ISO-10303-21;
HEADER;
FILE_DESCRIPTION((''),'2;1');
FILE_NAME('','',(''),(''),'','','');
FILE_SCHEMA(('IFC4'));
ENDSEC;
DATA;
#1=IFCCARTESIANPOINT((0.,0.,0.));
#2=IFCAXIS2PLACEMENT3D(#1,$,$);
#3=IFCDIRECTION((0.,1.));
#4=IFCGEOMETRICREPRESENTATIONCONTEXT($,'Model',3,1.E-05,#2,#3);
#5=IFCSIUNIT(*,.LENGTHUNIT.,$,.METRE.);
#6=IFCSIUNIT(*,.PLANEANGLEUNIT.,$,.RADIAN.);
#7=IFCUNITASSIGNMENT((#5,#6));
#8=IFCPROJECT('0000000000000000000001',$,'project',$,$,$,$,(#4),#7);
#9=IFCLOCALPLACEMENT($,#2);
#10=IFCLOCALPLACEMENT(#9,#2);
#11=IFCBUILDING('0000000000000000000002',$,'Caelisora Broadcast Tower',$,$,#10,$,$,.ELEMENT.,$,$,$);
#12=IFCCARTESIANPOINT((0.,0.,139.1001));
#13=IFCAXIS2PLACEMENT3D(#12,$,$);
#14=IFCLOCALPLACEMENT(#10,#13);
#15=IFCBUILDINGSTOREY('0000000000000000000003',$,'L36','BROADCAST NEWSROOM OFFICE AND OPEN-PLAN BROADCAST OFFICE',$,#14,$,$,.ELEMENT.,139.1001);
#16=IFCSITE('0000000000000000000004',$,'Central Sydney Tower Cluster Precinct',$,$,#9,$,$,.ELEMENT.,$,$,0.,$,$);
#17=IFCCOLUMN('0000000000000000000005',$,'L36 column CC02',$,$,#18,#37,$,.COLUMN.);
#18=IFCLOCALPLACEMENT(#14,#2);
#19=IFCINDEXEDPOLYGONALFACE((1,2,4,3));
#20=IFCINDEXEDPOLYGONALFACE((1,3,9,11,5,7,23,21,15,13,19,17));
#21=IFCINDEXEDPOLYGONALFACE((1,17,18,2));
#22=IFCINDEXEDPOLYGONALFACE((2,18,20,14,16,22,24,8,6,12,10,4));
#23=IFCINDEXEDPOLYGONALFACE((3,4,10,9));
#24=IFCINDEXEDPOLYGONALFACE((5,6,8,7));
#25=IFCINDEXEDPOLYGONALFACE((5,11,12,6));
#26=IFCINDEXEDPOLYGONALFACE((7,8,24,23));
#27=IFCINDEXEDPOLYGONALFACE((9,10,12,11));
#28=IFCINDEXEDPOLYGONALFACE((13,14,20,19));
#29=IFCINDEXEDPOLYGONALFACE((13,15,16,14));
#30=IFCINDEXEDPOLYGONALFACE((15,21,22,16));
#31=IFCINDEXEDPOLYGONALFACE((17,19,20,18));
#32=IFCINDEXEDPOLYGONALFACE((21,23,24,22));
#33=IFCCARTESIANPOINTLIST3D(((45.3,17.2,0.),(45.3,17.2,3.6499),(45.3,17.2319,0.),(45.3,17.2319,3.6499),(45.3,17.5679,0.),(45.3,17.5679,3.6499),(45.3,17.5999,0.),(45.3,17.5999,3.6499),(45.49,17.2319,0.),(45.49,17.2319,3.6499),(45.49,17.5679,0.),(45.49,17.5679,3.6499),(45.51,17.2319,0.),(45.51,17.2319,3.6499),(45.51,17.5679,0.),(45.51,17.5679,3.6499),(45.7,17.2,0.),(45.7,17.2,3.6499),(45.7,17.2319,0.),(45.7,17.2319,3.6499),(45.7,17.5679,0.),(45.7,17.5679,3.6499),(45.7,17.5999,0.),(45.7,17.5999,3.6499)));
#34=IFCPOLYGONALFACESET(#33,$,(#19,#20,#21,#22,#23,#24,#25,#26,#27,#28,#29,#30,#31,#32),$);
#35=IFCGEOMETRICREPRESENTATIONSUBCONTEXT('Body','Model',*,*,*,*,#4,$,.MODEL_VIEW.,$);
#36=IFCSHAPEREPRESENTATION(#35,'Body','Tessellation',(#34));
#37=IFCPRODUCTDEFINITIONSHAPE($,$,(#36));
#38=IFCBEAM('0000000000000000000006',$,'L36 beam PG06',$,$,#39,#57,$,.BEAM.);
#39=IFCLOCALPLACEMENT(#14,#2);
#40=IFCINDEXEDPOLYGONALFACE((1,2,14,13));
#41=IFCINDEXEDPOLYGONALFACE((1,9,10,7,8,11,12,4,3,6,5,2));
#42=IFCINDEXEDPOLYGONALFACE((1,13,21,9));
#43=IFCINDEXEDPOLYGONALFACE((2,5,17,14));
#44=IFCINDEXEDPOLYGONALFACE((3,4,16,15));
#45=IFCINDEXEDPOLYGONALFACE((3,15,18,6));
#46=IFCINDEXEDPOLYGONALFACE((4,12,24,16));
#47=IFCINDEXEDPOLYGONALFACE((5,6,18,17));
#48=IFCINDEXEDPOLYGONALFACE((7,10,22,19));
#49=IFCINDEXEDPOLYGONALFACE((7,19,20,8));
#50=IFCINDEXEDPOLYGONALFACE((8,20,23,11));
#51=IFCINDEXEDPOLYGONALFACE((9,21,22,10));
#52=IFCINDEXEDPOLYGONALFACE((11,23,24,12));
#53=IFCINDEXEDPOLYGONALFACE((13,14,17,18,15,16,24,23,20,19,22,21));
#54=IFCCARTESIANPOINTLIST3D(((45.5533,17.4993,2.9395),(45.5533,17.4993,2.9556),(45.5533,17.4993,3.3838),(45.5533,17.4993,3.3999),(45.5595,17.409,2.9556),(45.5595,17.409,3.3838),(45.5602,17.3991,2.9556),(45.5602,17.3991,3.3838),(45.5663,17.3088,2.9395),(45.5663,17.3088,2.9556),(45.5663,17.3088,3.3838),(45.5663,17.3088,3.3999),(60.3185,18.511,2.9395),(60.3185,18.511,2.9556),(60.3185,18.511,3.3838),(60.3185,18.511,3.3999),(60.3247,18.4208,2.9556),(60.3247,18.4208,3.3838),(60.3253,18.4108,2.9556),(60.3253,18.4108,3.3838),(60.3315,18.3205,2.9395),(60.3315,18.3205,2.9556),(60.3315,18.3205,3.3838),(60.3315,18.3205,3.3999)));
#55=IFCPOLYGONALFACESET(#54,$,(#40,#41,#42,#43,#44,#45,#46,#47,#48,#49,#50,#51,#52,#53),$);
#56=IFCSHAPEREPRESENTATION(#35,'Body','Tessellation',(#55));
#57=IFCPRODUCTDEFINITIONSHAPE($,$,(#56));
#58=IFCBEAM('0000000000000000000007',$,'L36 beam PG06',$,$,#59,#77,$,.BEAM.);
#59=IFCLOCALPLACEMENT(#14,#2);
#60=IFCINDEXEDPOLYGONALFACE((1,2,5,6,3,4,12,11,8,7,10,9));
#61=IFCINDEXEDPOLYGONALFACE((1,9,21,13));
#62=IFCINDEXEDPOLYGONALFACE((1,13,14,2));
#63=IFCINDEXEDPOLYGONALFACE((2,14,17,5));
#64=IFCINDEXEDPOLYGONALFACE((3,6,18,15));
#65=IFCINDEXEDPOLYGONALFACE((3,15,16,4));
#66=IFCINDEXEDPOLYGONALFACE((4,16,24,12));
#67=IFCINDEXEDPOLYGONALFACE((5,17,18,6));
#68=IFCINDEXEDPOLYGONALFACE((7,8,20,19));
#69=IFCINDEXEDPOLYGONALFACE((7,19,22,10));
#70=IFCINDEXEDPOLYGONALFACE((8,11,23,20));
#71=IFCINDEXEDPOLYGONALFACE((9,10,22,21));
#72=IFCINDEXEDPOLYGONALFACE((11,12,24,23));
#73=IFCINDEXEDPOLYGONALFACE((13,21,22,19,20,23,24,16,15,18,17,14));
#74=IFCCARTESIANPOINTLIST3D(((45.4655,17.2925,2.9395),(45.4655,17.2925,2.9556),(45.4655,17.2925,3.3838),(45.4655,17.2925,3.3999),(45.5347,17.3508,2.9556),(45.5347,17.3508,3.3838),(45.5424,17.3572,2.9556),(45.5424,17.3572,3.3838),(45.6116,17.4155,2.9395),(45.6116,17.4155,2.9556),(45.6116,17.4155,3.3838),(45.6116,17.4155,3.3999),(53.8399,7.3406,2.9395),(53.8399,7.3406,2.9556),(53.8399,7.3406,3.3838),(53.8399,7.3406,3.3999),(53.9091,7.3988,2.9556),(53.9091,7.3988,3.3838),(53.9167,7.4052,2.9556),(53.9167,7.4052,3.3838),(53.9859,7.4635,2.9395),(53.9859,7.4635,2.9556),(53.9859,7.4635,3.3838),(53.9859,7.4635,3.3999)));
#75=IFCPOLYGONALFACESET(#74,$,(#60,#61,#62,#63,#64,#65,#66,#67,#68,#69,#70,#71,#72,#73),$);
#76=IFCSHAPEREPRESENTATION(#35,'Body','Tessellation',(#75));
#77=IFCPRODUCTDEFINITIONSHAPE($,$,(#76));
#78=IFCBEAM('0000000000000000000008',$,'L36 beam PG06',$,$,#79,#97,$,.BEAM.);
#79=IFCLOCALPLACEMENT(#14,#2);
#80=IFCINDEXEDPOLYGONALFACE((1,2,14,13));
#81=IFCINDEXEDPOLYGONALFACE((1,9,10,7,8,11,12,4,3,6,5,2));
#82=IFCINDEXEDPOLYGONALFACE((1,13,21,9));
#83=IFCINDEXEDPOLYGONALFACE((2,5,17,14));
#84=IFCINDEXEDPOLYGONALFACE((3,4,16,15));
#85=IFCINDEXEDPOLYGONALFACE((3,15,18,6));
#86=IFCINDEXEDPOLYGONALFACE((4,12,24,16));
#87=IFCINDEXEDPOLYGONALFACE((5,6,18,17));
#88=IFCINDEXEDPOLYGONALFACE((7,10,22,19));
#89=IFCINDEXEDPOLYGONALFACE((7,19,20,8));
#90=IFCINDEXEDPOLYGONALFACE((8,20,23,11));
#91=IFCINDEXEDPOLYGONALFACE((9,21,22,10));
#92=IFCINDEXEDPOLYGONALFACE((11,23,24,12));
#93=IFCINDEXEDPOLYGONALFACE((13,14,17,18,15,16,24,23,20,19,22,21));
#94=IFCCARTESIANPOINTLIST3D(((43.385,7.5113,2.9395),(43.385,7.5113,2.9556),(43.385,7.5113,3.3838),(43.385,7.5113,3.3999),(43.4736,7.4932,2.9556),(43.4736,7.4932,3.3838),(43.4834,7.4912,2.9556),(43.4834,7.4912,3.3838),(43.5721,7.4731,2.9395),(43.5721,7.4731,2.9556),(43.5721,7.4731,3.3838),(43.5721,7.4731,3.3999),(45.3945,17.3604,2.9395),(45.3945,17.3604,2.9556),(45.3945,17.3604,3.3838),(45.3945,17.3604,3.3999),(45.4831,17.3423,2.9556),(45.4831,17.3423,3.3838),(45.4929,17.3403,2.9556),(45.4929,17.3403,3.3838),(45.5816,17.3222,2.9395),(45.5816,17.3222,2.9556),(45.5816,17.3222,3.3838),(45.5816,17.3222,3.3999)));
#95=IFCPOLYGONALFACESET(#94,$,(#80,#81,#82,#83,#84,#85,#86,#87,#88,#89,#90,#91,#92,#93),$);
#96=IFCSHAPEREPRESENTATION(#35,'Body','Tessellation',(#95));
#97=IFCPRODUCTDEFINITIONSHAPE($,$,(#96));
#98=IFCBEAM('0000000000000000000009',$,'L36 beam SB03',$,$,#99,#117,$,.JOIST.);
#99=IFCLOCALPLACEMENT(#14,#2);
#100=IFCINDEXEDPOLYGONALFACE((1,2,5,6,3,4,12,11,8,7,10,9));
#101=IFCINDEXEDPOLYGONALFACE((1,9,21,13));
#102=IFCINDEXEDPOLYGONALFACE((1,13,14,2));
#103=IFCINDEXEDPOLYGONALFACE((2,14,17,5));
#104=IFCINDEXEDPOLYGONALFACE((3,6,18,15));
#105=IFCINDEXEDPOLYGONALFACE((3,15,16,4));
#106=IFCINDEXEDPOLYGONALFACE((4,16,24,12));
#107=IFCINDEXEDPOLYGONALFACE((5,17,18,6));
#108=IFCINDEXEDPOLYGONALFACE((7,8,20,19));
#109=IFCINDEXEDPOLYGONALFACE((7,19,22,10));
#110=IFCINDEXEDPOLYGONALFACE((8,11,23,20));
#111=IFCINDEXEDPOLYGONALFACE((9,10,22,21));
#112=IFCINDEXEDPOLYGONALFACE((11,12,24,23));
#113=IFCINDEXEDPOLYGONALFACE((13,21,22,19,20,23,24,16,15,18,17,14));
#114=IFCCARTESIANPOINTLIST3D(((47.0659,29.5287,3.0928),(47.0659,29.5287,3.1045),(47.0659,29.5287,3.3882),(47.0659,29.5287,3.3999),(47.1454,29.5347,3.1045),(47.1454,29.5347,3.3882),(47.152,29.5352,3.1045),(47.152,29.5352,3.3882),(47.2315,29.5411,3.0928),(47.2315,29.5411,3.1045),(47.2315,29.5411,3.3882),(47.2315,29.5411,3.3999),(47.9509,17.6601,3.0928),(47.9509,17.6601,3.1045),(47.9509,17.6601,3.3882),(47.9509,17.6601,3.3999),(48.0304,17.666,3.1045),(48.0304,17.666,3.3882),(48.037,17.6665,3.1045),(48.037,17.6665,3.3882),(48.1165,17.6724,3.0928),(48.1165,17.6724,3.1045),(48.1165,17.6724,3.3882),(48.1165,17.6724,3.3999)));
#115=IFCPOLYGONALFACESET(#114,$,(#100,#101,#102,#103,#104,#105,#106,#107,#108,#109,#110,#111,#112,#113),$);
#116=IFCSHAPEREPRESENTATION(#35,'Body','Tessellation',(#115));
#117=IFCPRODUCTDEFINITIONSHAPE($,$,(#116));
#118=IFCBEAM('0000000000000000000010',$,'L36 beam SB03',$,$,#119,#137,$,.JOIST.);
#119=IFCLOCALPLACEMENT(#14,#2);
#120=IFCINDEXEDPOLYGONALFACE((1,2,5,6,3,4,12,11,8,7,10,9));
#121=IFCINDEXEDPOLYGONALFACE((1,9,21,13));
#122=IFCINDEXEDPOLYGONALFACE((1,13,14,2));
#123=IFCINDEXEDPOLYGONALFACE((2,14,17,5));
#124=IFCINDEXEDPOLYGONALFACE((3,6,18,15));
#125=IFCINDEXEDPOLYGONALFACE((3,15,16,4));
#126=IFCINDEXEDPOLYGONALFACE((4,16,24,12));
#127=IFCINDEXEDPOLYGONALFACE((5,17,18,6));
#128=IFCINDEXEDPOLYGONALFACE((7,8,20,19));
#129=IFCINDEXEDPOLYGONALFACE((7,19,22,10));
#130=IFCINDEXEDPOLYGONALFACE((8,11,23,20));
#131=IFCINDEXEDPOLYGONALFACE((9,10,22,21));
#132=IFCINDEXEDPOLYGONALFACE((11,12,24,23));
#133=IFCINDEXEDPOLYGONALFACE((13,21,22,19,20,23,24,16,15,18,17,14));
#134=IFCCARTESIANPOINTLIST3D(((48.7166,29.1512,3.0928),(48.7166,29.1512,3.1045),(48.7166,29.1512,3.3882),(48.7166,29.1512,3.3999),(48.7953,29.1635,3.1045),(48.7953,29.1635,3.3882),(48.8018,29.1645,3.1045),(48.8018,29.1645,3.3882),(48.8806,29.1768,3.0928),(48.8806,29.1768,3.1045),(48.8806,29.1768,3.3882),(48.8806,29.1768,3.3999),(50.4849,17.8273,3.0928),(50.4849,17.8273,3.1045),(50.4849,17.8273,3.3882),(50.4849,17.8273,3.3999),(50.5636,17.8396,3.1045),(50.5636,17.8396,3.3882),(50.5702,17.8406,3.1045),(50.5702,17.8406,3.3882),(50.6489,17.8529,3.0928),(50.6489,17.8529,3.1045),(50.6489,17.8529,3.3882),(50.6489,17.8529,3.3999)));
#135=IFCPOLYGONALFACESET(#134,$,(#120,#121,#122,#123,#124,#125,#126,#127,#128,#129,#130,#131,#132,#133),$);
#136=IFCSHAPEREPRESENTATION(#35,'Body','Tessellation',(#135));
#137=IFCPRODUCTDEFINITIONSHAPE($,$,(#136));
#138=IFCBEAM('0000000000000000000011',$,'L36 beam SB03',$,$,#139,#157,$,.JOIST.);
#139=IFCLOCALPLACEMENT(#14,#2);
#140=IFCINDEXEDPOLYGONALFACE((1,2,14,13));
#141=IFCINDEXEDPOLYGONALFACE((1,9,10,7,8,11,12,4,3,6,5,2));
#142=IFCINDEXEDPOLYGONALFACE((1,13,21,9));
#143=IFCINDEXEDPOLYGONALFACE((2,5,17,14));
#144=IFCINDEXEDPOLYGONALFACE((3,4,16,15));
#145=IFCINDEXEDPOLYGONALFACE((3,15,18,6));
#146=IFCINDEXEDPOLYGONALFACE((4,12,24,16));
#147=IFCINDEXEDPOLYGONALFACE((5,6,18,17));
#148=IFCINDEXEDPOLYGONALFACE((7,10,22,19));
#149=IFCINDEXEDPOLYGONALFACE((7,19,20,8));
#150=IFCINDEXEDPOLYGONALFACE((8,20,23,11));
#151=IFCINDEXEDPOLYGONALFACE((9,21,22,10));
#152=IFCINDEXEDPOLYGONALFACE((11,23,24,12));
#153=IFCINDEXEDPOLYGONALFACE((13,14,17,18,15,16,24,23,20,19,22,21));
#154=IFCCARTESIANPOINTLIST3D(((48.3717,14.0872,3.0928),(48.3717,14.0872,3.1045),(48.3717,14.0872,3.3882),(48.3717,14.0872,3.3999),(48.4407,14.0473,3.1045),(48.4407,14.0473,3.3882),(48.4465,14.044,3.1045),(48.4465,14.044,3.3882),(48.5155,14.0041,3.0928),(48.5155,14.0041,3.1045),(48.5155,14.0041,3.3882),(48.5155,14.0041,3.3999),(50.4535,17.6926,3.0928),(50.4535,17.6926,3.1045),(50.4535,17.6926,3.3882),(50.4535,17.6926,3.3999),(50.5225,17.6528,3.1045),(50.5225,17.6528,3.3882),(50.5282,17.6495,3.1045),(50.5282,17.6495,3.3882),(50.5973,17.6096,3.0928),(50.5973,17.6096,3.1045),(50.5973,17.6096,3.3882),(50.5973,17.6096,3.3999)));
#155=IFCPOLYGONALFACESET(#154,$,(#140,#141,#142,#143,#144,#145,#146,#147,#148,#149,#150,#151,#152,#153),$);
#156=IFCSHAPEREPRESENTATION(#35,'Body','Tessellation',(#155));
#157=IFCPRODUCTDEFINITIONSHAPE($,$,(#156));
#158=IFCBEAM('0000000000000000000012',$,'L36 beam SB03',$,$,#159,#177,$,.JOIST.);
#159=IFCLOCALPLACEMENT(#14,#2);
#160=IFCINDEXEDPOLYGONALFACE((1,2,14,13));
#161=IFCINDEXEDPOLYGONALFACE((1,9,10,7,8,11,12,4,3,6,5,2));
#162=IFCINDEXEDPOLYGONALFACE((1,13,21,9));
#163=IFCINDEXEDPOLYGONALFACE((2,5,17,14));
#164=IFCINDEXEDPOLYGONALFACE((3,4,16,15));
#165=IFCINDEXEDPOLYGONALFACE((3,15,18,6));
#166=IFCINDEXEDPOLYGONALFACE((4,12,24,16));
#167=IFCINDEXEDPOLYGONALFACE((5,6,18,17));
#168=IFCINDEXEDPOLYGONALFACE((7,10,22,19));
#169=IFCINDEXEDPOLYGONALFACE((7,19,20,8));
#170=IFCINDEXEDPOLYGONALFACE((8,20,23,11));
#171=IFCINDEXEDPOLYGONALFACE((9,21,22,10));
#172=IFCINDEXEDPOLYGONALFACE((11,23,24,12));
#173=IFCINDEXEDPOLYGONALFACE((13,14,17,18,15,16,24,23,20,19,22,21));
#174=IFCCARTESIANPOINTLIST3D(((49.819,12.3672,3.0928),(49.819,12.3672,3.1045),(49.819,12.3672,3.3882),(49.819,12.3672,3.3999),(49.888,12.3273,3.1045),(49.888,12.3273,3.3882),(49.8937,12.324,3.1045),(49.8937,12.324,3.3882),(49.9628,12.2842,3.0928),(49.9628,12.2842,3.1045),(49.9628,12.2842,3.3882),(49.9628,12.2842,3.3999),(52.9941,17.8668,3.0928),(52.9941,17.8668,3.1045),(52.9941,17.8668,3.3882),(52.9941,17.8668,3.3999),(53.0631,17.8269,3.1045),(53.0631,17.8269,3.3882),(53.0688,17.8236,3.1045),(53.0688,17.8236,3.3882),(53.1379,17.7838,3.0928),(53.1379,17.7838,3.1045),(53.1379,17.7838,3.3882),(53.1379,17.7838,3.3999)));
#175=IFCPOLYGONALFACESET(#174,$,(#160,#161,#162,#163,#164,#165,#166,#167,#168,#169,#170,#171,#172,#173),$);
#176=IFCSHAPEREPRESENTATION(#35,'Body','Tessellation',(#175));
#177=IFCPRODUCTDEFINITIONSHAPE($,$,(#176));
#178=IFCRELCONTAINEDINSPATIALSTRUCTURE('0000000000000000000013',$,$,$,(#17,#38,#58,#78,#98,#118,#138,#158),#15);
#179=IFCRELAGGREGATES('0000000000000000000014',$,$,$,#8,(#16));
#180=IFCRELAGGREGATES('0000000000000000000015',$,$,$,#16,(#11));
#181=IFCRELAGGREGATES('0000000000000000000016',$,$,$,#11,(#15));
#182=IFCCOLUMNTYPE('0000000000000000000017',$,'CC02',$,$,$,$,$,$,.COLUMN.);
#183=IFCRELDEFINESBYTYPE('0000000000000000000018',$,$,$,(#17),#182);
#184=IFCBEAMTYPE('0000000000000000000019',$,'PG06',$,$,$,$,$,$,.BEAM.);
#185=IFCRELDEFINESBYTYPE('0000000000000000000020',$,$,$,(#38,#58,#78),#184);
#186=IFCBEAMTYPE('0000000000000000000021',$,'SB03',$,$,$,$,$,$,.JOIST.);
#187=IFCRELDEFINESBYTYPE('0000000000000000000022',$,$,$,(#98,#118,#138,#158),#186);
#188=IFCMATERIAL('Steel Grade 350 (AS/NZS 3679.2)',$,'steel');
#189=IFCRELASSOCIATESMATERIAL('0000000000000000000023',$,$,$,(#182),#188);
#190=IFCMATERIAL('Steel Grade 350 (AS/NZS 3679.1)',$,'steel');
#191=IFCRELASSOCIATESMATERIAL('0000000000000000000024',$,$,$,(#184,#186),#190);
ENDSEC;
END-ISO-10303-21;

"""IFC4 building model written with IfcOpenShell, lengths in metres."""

from ifc_helpers import new_model, si_unit, direction, frame, origin, origin_2d, place, context, subcontext, project, spatial, i_section, extrude, source, transform, mapped, material, material_profile, profile_set, type_object, type_shapes, element, save


model = new_model("IFC4")

# Units and contexts
model_context = context("Model", 3, precision=1e-05, world=origin(), true_north=direction((0.0, 1.0)))
body_context = subcontext(model_context, "Body", "Model", "MODEL_VIEW")
ifc_project = project(units=[si_unit("LENGTHUNIT", "METRE"), si_unit("PLANEANGLEUNIT", "RADIAN")], contexts=[model_context])

# Site, building, storey
site_placement = place(None, origin())
site = spatial("IfcSite", under=ifc_project, at=site_placement, Name="Central Sydney Tower Cluster Precinct", CompositionType="ELEMENT", RefElevation=0.0)
building_placement = place(site_placement, origin())
building = spatial("IfcBuilding", under=site, at=building_placement, Name="Caelisora Broadcast Tower", CompositionType="ELEMENT")
storey_placement = place(building_placement, frame((0.0, 0.0, 139.1001)))
storey = spatial("IfcBuildingStorey", under=building, at=storey_placement, Name="L36", Description="BROADCAST NEWSROOM OFFICE AND OPEN-PLAN BROADCAST OFFICE", CompositionType="ELEMENT", Elevation=139.1001)

# Column
ifc_material_1 = material(Name="Steel Grade 350 (AS/NZS 3679.2)", Category="steel")
ifc_material_profile_1 = material_profile(ifc_material_1, i_section(OverallWidth=0.3999, OverallDepth=0.3999, WebThickness=0.02, FlangeThickness=0.032, at=origin_2d()), Name="Steel Grade 350 (AS/NZS 3679.2)")
ifc_profile_set_1 = profile_set([ifc_material_profile_1], Name="Steel Grade 350 (AS/NZS 3679.2)")
column_type = type_object("IfcColumnType", Name="CC02", PredefinedType="COLUMN", material=ifc_profile_set_1)
shared_shape_1 = source(origin(), body_context, "Body", "SweptSolid", [
    extrude(i_section(OverallWidth=0.3999, OverallDepth=0.3999, WebThickness=0.02, FlangeThickness=0.032, at=origin_2d()), origin(), (0.0, 0.0, 1.0), 3.6499),
])
type_shapes(column_type, [shared_shape_1])
column_placement = place(storey_placement, frame((45.5, 17.3999, 0.0), z_axis=(0.0, 0.0, 1.0), x_axis=(1.0, 0.0, 0.0)))
element("IfcColumn", 1, at=column_placement, inside=storey, type_object=column_type, Name="L36 column CC02", PredefinedType="COLUMN", context=body_context, shape_type="MappedRepresentation", body=[
    mapped(shared_shape_1, transform((0.0, 0.0, 0.0), scale=1.0)),
])

# Beams
ifc_material_2 = material(Name="Steel Grade 350 (AS/NZS 3679.1)", Category="steel")
ifc_material_profile_2 = material_profile(ifc_material_2, i_section(OverallWidth=0.1909, OverallDepth=0.4604, WebThickness=0.01, FlangeThickness=0.0161, at=origin_2d()), Name="Steel Grade 350 (AS/NZS 3679.1)")
ifc_profile_set_2 = profile_set([ifc_material_profile_2], Name="Steel Grade 350 (AS/NZS 3679.1)")
beam_type_1 = type_object("IfcBeamType", Name="PG06", PredefinedType="BEAM", material=ifc_profile_set_2)
shared_shape_2 = source(origin(), body_context, "Body", "SweptSolid", [
    extrude(i_section(OverallWidth=0.1909, OverallDepth=0.4604, WebThickness=0.01, FlangeThickness=0.0161, at=origin_2d()), origin(), (0.0, 0.0, 1.0), 14.7998),
])
beam_1_placement = place(storey_placement, frame((45.5598, 17.4041, 3.1697), z_axis=(0.997661, 0.06836, 0.0), x_axis=(-0.06836, 0.997661, 0.0)))
element("IfcBeam", 2, at=beam_1_placement, inside=storey, type_object=beam_type_1, Name="L36 beam PG06", PredefinedType="BEAM", context=body_context, shape_type="MappedRepresentation", body=[
    mapped(shared_shape_2, transform((0.0, 0.0, 0.0), scale=1.0)),
])
shared_shape_3 = source(origin(), body_context, "Body", "SweptSolid", [
    extrude(i_section(OverallWidth=0.1909, OverallDepth=0.4604, WebThickness=0.01, FlangeThickness=0.0161, at=origin_2d()), origin(), (0.0, 0.0, 1.0), 13.0066),
])
beam_2_placement = place(storey_placement, frame((45.5386, 17.354, 3.1697), z_axis=(0.643853, -0.765149, 0.0), x_axis=(0.765149, 0.643853, 0.0)))
element("IfcBeam", 3, at=beam_2_placement, inside=storey, type_object=beam_type_1, Name="L36 beam PG06", PredefinedType="BEAM", context=body_context, shape_type="MappedRepresentation", body=[
    mapped(shared_shape_3, transform((0.0, 0.0, 0.0), scale=1.0)),
])
shared_shape_4 = source(origin(), body_context, "Body", "SweptSolid", [
    extrude(i_section(OverallWidth=0.1909, OverallDepth=0.4604, WebThickness=0.01, FlangeThickness=0.0161, at=origin_2d()), origin(), (0.0, 0.0, 1.0), 10.052),
])
type_shapes(beam_type_1, [shared_shape_2, shared_shape_3, shared_shape_4])
beam_3_placement = place(storey_placement, frame((45.488, 17.3413, 3.1697), z_axis=(-0.199912, -0.979814, 0.0), x_axis=(0.979814, -0.199912, 0.0)))
element("IfcBeam", 4, at=beam_3_placement, inside=storey, type_object=beam_type_1, Name="L36 beam PG06", PredefinedType="BEAM", context=body_context, shape_type="MappedRepresentation", body=[
    mapped(shared_shape_4, transform((0.0, 0.0, 0.0), scale=1.0)),
])
ifc_material_profile_3 = material_profile(ifc_material_2, i_section(OverallWidth=0.166, OverallDepth=0.3071, WebThickness=0.0066, FlangeThickness=0.0117, at=origin_2d()), Name="Steel Grade 350 (AS/NZS 3679.1)")
ifc_profile_set_3 = profile_set([ifc_material_profile_3], Name="Steel Grade 350 (AS/NZS 3679.1)")
beam_type_2 = type_object("IfcBeamType", Name="SB03", PredefinedType="JOIST", material=ifc_profile_set_3)
shared_shape_5 = source(origin(), body_context, "Body", "SweptSolid", [
    extrude(i_section(OverallWidth=0.166, OverallDepth=0.3071, WebThickness=0.0066, FlangeThickness=0.0117, at=origin_2d()), origin(), (0.0, 0.0, 1.0), 11.9016),
])
beam_4_placement = place(storey_placement, frame((48.0337, 17.6663, 3.2463), z_axis=(-0.074361, 0.997231, 0.0), x_axis=(-0.997231, -0.074361, 0.0)))
element("IfcBeam", 5, at=beam_4_placement, inside=storey, type_object=beam_type_2, Name="L36 beam SB03", PredefinedType="JOIST", context=body_context, shape_type="MappedRepresentation", body=[
    mapped(shared_shape_5, transform((0.0, 0.0, 0.0), scale=1.0)),
])
shared_shape_6 = source(origin(), body_context, "Body", "SweptSolid", [
    extrude(i_section(OverallWidth=0.166, OverallDepth=0.3071, WebThickness=0.0066, FlangeThickness=0.0117, at=origin_2d()), origin(), (0.0, 0.0, 1.0), 11.4612),
])
beam_5_placement = place(storey_placement, frame((50.5669, 17.8401, 3.2463), z_axis=(-0.154287, 0.988026, 0.0), x_axis=(-0.988026, -0.154287, 0.0)))
element("IfcBeam", 6, at=beam_5_placement, inside=storey, type_object=beam_type_2, Name="L36 beam SB03", PredefinedType="JOIST", context=body_context, shape_type="MappedRepresentation", body=[
    mapped(shared_shape_6, transform((0.0, 0.0, 0.0), scale=1.0)),
])
shared_shape_7 = source(origin(), body_context, "Body", "SweptSolid", [
    extrude(i_section(OverallWidth=0.166, OverallDepth=0.3071, WebThickness=0.0066, FlangeThickness=0.0117, at=origin_2d()), origin(), (0.0, 0.0, 1.0), 4.1633),
])
beam_6_placement = place(storey_placement, frame((48.4436, 14.0457, 3.2463), z_axis=(0.50003, 0.866008, 0.0), x_axis=(-0.866008, 0.50003, 0.0)))
element("IfcBeam", 7, at=beam_6_placement, inside=storey, type_object=beam_type_2, Name="L36 beam SB03", PredefinedType="JOIST", context=body_context, shape_type="MappedRepresentation", body=[
    mapped(shared_shape_7, transform((0.0, 0.0, 0.0), scale=1.0)),
])
shared_shape_8 = source(origin(), body_context, "Body", "SweptSolid", [
    extrude(i_section(OverallWidth=0.166, OverallDepth=0.3071, WebThickness=0.0066, FlangeThickness=0.0117, at=origin_2d()), origin(), (0.0, 0.0, 1.0), 6.3503),
])
beam_7_placement = place(storey_placement, frame((49.8909, 12.3257, 3.2463), z_axis=(0.499989, 0.866032, 0.0), x_axis=(-0.866032, 0.499989, 0.0)))
element("IfcBeam", 8, at=beam_7_placement, inside=storey, type_object=beam_type_2, Name="L36 beam SB03", PredefinedType="JOIST", context=body_context, shape_type="MappedRepresentation", body=[
    mapped(shared_shape_8, transform((0.0, 0.0, 0.0), scale=1.0)),
])

save(model, "model.ifc")
